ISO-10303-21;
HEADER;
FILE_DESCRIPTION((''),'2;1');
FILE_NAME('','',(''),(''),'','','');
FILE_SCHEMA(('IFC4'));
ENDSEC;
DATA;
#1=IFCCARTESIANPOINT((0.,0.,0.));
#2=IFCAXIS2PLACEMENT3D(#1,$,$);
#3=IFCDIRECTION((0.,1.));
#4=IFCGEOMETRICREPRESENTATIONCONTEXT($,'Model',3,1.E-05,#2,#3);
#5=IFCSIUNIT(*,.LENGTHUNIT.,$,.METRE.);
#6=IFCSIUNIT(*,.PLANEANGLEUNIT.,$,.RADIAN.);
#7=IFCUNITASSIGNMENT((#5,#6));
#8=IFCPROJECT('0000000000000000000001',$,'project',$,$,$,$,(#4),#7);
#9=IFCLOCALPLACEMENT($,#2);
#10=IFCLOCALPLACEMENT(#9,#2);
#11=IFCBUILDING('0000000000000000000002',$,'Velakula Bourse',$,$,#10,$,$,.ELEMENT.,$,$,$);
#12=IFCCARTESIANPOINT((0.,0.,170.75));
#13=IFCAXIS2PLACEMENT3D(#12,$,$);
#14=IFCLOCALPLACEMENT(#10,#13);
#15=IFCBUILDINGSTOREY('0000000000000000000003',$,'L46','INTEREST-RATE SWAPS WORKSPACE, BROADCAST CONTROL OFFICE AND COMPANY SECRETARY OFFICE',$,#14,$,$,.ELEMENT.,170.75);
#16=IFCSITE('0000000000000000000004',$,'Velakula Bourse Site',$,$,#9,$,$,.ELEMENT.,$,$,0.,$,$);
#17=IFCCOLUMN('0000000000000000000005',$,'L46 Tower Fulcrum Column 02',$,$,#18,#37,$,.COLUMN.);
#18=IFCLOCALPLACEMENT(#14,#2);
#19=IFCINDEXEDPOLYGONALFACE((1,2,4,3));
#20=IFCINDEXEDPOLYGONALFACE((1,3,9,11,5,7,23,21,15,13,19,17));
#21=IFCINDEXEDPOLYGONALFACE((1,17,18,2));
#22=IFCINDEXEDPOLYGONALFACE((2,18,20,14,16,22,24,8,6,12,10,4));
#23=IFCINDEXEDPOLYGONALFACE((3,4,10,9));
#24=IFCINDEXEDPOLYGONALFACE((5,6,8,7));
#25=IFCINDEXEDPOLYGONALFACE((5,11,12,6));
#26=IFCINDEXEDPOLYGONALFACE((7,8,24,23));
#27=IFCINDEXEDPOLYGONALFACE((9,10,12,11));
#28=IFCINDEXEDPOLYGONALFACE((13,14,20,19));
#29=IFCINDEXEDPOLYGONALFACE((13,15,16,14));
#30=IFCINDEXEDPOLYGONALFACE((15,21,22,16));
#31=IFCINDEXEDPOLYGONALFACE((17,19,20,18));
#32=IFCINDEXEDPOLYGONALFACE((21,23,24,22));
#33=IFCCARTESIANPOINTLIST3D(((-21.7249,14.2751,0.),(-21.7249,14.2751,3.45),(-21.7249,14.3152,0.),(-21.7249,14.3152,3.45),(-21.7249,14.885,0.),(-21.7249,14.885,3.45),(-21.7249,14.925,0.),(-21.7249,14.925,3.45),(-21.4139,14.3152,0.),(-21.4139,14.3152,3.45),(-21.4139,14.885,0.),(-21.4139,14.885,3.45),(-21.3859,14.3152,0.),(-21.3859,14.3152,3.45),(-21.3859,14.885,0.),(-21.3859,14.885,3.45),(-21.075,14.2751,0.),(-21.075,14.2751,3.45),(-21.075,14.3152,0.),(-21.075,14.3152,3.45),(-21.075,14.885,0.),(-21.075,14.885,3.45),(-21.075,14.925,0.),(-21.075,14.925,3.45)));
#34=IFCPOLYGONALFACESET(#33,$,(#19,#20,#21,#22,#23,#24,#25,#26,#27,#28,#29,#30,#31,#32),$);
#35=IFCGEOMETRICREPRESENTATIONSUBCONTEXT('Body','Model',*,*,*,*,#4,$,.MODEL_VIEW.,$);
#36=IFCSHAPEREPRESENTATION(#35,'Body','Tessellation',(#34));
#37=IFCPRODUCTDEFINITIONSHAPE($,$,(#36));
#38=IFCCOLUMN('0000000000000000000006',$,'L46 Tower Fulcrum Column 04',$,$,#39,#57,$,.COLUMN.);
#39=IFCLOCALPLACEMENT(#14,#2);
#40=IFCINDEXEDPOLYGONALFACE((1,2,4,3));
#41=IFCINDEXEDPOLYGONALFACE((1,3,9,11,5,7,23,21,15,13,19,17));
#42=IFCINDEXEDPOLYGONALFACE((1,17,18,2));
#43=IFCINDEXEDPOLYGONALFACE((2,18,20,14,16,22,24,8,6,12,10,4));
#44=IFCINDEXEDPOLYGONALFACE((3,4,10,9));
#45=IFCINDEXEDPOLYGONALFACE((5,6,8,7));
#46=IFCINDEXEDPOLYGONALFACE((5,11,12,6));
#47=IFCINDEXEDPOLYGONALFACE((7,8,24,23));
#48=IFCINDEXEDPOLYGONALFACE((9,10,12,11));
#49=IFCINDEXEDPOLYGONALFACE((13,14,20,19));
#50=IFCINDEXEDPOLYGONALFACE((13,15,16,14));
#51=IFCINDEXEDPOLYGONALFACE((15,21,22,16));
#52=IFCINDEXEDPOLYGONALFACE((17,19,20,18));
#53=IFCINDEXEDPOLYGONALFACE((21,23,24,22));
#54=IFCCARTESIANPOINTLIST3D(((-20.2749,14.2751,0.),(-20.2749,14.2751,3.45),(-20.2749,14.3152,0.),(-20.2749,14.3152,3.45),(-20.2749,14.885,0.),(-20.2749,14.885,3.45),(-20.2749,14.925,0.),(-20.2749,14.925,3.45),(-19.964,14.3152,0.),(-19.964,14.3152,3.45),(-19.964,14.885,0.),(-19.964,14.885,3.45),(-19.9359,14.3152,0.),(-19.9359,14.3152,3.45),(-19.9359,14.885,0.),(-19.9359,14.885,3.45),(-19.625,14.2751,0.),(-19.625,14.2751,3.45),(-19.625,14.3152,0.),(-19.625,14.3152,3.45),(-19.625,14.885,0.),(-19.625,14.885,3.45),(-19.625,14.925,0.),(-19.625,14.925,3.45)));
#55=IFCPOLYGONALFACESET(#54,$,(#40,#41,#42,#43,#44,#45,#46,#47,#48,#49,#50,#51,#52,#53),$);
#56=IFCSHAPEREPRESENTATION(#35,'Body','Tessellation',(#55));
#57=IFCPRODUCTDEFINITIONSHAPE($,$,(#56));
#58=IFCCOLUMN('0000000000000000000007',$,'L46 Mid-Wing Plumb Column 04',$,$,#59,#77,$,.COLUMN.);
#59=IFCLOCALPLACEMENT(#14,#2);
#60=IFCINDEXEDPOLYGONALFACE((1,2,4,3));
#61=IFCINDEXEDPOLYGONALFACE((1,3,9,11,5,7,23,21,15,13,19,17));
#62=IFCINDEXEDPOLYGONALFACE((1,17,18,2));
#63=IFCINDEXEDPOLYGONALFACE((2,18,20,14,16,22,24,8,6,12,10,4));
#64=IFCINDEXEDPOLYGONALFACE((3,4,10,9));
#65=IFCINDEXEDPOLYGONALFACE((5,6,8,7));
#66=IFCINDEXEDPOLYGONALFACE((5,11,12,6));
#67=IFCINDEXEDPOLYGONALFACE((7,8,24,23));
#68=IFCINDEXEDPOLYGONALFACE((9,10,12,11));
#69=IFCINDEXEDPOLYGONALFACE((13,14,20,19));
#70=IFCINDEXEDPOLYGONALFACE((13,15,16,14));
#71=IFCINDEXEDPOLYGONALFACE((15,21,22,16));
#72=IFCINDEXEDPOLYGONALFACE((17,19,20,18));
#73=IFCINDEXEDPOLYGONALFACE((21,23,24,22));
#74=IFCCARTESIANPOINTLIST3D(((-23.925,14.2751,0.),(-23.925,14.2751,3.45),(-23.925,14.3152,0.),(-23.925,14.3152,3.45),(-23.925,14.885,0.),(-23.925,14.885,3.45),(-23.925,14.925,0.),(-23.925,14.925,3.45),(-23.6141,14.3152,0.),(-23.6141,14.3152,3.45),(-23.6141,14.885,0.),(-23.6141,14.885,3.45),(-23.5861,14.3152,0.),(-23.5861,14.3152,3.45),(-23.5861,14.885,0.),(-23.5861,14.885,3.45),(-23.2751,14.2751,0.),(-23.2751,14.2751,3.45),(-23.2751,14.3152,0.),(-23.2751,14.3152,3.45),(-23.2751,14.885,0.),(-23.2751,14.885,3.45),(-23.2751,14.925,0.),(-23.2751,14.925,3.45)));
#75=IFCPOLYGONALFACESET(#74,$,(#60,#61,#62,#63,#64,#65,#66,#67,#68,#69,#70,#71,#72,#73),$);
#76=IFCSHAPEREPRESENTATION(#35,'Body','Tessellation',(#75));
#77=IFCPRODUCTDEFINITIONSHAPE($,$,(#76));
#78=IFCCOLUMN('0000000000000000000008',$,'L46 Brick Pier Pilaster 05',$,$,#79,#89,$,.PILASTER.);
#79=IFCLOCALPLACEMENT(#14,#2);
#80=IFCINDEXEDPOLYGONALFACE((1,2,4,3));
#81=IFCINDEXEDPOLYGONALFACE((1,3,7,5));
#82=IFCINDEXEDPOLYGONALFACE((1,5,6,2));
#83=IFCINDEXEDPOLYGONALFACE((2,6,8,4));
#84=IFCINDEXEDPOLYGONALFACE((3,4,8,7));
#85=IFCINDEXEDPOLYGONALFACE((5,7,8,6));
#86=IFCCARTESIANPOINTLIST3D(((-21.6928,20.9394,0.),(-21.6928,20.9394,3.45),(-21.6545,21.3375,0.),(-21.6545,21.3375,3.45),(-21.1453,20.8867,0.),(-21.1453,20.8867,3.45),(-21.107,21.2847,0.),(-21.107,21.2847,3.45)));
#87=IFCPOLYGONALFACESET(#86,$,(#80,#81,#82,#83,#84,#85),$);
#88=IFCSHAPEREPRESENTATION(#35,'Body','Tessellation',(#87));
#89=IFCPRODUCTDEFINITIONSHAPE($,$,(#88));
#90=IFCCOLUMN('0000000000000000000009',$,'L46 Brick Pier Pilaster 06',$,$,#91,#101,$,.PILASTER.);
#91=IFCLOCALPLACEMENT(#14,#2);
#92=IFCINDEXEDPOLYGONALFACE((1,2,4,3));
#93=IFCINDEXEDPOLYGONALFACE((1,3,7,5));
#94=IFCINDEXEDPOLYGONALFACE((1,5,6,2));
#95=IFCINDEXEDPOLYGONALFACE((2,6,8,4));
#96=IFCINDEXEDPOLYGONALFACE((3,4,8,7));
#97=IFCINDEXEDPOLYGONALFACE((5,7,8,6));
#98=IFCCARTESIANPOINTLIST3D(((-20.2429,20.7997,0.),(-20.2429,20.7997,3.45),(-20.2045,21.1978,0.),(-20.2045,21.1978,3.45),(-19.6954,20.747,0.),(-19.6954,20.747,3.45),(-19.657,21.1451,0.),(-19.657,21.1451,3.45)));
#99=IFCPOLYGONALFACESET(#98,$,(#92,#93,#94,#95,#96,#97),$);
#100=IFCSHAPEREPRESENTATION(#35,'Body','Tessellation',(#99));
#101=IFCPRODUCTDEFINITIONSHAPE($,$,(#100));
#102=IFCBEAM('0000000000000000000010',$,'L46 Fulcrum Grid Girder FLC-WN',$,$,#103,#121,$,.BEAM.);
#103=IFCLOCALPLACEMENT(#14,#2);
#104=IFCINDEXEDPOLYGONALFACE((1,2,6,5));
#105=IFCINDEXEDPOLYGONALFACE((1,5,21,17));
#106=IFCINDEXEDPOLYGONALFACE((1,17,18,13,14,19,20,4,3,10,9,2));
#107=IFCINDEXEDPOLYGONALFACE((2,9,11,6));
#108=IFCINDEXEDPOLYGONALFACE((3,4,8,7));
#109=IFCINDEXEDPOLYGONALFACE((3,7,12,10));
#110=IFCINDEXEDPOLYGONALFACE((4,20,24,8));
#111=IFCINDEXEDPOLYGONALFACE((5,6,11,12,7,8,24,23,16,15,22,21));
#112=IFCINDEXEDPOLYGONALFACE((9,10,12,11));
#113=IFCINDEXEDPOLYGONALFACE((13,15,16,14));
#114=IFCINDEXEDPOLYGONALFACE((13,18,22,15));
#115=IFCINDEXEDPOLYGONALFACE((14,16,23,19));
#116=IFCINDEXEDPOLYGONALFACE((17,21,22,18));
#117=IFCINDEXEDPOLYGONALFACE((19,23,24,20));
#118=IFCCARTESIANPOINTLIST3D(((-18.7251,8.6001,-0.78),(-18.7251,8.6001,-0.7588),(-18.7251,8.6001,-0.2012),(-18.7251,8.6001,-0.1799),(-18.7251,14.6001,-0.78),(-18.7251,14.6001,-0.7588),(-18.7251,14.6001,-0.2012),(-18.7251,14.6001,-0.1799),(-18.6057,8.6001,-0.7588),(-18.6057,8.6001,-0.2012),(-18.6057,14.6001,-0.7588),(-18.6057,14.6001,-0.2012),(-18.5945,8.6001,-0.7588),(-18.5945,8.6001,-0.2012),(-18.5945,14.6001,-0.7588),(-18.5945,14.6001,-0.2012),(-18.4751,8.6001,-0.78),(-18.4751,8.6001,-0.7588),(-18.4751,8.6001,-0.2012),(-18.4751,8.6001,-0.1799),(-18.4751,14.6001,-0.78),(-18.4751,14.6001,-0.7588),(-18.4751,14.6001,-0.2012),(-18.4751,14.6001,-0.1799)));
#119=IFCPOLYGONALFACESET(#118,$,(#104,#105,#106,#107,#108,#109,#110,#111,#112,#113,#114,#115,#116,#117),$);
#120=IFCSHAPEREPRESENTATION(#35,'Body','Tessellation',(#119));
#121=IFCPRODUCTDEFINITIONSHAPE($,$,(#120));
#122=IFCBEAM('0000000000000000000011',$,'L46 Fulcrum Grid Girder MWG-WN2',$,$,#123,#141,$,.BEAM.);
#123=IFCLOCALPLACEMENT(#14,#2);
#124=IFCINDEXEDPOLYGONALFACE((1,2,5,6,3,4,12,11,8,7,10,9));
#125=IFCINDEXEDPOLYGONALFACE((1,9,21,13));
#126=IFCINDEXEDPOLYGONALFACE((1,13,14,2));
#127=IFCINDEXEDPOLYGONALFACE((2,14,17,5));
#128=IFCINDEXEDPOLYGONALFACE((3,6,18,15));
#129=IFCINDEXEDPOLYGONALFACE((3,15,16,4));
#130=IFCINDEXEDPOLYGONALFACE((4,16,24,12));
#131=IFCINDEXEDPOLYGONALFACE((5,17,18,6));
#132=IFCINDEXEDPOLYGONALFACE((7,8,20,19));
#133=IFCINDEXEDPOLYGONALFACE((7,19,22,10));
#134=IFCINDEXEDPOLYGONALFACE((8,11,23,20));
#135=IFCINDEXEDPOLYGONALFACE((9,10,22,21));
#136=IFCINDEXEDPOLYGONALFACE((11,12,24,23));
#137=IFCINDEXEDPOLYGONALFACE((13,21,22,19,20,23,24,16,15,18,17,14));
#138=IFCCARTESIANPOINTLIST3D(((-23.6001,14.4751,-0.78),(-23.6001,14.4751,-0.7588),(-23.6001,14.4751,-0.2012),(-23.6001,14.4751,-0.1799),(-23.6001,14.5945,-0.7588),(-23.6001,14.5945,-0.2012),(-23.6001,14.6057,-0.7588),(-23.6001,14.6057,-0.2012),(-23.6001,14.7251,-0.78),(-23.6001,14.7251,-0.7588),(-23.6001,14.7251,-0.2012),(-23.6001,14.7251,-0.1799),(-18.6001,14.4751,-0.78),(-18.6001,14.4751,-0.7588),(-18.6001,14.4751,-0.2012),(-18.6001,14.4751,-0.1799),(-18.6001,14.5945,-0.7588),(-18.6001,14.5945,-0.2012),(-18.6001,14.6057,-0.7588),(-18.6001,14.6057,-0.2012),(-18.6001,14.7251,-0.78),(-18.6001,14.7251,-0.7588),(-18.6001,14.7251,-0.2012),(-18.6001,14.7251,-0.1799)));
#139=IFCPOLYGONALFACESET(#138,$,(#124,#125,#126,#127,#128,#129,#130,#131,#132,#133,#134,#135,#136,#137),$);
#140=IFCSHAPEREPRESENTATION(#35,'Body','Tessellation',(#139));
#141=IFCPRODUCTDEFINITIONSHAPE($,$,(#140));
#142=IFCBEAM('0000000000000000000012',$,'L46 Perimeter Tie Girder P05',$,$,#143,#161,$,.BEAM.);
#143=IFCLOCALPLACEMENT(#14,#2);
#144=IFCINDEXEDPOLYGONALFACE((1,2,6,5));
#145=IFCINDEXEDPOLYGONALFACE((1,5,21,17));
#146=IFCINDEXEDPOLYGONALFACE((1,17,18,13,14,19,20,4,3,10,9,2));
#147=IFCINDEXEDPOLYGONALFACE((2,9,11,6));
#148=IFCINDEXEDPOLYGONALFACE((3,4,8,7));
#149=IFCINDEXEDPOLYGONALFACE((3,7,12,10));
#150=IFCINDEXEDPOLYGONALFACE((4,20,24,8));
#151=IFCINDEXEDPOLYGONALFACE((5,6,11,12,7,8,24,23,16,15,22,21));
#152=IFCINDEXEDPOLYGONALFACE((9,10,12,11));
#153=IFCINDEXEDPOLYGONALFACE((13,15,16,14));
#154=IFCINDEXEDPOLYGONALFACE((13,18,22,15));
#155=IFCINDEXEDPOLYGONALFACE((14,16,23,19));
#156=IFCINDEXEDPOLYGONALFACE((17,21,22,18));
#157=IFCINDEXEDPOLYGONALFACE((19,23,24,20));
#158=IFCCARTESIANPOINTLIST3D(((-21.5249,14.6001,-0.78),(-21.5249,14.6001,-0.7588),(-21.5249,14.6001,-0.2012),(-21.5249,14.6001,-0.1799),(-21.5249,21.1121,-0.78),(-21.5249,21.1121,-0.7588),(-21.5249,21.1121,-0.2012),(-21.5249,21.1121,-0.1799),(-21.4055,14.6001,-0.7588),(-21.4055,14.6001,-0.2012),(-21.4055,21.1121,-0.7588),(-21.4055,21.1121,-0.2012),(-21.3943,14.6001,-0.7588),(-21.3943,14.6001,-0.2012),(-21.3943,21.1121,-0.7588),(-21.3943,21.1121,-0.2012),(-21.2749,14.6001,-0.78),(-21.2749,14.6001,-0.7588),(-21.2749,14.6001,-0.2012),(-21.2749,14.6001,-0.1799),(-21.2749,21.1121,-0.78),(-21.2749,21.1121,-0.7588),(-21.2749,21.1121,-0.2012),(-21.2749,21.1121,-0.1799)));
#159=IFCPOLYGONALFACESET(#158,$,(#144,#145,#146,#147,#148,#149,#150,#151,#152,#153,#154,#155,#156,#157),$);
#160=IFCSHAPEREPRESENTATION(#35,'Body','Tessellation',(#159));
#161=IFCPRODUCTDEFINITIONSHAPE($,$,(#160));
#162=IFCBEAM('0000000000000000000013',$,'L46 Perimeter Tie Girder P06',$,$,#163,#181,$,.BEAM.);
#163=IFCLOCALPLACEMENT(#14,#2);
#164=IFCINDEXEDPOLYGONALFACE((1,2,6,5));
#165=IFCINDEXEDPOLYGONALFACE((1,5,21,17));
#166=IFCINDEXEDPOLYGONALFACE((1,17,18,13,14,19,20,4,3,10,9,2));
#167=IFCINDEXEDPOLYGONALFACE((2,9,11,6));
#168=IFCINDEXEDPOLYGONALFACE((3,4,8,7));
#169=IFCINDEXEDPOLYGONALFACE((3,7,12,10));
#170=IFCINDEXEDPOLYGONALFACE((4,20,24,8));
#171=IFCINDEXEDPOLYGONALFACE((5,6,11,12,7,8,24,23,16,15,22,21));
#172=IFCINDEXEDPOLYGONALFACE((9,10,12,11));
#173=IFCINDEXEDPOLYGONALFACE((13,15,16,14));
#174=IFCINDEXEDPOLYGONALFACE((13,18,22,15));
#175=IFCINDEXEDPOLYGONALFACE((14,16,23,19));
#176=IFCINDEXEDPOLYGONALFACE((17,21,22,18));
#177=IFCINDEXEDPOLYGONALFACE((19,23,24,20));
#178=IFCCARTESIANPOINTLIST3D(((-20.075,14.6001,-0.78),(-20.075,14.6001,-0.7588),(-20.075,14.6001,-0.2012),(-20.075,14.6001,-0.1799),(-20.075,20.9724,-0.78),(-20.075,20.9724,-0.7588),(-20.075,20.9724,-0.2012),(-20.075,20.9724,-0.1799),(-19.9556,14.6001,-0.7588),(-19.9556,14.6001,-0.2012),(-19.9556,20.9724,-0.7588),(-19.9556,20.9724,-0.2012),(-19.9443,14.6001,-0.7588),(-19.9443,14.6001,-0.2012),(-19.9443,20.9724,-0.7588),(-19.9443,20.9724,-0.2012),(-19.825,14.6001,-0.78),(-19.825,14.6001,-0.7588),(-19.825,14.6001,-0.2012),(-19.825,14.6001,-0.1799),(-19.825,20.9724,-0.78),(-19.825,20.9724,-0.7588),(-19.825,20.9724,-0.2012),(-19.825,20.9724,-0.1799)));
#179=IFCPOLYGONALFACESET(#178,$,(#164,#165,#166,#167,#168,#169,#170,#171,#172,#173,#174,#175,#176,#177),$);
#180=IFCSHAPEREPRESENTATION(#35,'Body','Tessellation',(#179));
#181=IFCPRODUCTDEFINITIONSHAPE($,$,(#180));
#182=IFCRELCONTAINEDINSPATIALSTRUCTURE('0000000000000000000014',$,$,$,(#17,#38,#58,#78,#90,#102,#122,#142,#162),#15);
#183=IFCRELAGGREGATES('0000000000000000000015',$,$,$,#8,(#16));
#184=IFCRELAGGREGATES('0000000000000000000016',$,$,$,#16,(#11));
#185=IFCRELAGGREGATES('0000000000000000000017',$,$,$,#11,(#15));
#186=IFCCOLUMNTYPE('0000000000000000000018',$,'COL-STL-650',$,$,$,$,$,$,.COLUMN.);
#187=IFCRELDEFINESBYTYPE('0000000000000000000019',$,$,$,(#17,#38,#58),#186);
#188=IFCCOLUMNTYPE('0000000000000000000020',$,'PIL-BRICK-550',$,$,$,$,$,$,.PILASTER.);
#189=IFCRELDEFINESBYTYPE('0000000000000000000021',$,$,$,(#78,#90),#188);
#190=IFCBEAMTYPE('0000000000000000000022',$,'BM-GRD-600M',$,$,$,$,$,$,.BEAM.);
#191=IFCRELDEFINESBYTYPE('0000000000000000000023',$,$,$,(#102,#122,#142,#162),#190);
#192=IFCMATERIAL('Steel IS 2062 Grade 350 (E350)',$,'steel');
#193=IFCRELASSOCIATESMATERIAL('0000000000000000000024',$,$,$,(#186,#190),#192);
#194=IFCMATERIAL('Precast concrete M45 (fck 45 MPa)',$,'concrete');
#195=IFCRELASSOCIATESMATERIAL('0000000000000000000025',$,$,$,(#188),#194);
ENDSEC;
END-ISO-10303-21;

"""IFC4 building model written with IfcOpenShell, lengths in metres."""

from ifc_helpers import new_model, si_unit, direction, frame, origin, origin_2d, place, context, subcontext, project, spatial, rectangle, i_section, extrude, material, material_profile, profile_set, type_object, element, save


model = new_model("IFC4")

# Units and contexts
model_context = context("Model", 3, precision=1e-05, world=origin(), true_north=direction((0.0, 1.0)))
body_context = subcontext(model_context, "Body", "Model", "MODEL_VIEW")
ifc_project = project(units=[si_unit("LENGTHUNIT", "METRE"), si_unit("PLANEANGLEUNIT", "RADIAN")], contexts=[model_context])

# Site, building, storey
site_placement = place(None, origin())
site = spatial("IfcSite", under=ifc_project, at=site_placement, Name="Velakula Bourse Site", CompositionType="ELEMENT", RefElevation=0.0)
building_placement = place(site_placement, origin())
building = spatial("IfcBuilding", under=site, at=building_placement, Name="Velakula Bourse", CompositionType="ELEMENT")
storey_placement = place(building_placement, frame((0.0, 0.0, 170.75)))
storey = spatial("IfcBuildingStorey", under=building, at=storey_placement, Name="L46", Description="INTEREST-RATE SWAPS WORKSPACE, BROADCAST CONTROL OFFICE AND COMPANY SECRETARY OFFICE", CompositionType="ELEMENT", Elevation=170.75)

# Columns
ifc_material_1 = material(Name="Steel IS 2062 Grade 350 (E350)", Category="steel")
ifc_material_profile_1 = material_profile(ifc_material_1, i_section(OverallWidth=0.6499, OverallDepth=0.6499, WebThickness=0.0281, FlangeThickness=0.04, at=origin_2d()), Name="Steel IS 2062 Grade 350 (E350)")
ifc_profile_set_1 = profile_set([ifc_material_profile_1], Name="Steel IS 2062 Grade 350 (E350)")
column_type_1 = type_object("IfcColumnType", Name="COL-STL-650", PredefinedType="COLUMN", material=ifc_profile_set_1)
for number, where, z_axis, x_axis, name in (
    (1, (-21.3999, 14.6001, 0.0), (0.0, 0.0, 1.0), (1.0, 0.0, 0.0), "L46 Tower Fulcrum Column 02"),
    (2, (-19.95, 14.6001, 0.0), (0.0, 0.0, 1.0), (1.0, 0.0, 0.0), "L46 Tower Fulcrum Column 04"),
    (3, (-23.6001, 14.6001, 0.0), (0.0, 0.0, 1.0), (1.0, 0.0, 0.0), "L46 Mid-Wing Plumb Column 04"),
):
    element("IfcColumn", number, at=place(storey_placement, frame(where, z_axis=z_axis, x_axis=x_axis)), inside=storey, type_object=column_type_1, Name=name, PredefinedType="COLUMN", context=body_context, shape_type="SweptSolid", body=[
        extrude(i_section(OverallWidth=0.6499, OverallDepth=0.6499, WebThickness=0.0281, FlangeThickness=0.04, at=origin_2d()), origin(), (0.0, 0.0, 1.0), 3.45),
    ])
ifc_material_2 = material(Name="Precast concrete M45 (fck 45 MPa)", Category="concrete")
ifc_material_profile_2 = material_profile(ifc_material_2, rectangle(XDim=0.55, YDim=0.3999, at=origin_2d()), Name="Precast concrete M45 (fck 45 MPa)")
ifc_profile_set_2 = profile_set([ifc_material_profile_2], Name="Precast concrete M45 (fck 45 MPa)")
column_type_2 = type_object("IfcColumnType", Name="PIL-BRICK-550", PredefinedType="PILASTER", material=ifc_profile_set_2)
for number, where, z_axis, x_axis, name in (
    (4, (-21.3999, 21.1121, 0.0), (0.0, 0.0, 1.0), (0.995396, -0.095846, 0.0), "L46 Brick Pier Pilaster 05"),
    (5, (-19.95, 20.9724, 0.0), (0.0, 0.0, 1.0), (0.995396, -0.095846, 0.0), "L46 Brick Pier Pilaster 06"),
):
    element("IfcColumn", number, at=place(storey_placement, frame(where, z_axis=z_axis, x_axis=x_axis)), inside=storey, type_object=column_type_2, Name=name, PredefinedType="PILASTER", context=body_context, shape_type="SweptSolid", body=[
        extrude(rectangle(XDim=0.55, YDim=0.3999, at=origin_2d()), origin(), (0.0, 0.0, 1.0), 3.45),
    ])

# Beams
ifc_material_profile_3 = material_profile(ifc_material_1, i_section(OverallWidth=0.25, OverallDepth=0.6001, WebThickness=0.0112, FlangeThickness=0.0212, at=origin_2d()), Name="Steel IS 2062 Grade 350 (E350)")
ifc_profile_set_3 = profile_set([ifc_material_profile_3], Name="Steel IS 2062 Grade 350 (E350)")
beam_type_1 = type_object("IfcBeamType", Name="BM-GRD-600M", PredefinedType="BEAM", material=ifc_profile_set_3)
beam_1_placement = place(storey_placement, frame((-18.6001, 8.6001, -0.48), z_axis=(0.0, 1.0, 0.0), x_axis=(-1.0, 0.0, 0.0)))
element("IfcBeam", 6, at=beam_1_placement, inside=storey, type_object=beam_type_1, Name="L46 Fulcrum Grid Girder FLC-WN", PredefinedType="BEAM", context=body_context, shape_type="SweptSolid", body=[
    extrude(i_section(OverallWidth=0.25, OverallDepth=0.6001, WebThickness=0.0112, FlangeThickness=0.0212, at=origin_2d()), origin(), (0.0, 0.0, 1.0), 6.0),
])
beam_2_placement = place(storey_placement, frame((-23.6001, 14.6001, -0.48), z_axis=(1.0, 0.0, 0.0), x_axis=(0.0, 1.0, 0.0)))
element("IfcBeam", 7, at=beam_2_placement, inside=storey, type_object=beam_type_1, Name="L46 Fulcrum Grid Girder MWG-WN2", PredefinedType="BEAM", context=body_context, shape_type="SweptSolid", body=[
    extrude(i_section(OverallWidth=0.25, OverallDepth=0.6001, WebThickness=0.0112, FlangeThickness=0.0212, at=origin_2d()), origin(), (0.0, 0.0, 1.0), 5.0),
])
beam_3_placement = place(storey_placement, frame((-21.3999, 14.6001, -0.48), z_axis=(0.0, 1.0, 0.0), x_axis=(-1.0, 0.0, 0.0)))
element("IfcBeam", 8, at=beam_3_placement, inside=storey, type_object=beam_type_1, Name="L46 Perimeter Tie Girder P05", PredefinedType="BEAM", context=body_context, shape_type="SweptSolid", body=[
    extrude(i_section(OverallWidth=0.25, OverallDepth=0.6001, WebThickness=0.0112, FlangeThickness=0.0212, at=origin_2d()), origin(), (0.0, 0.0, 1.0), 6.512),
])
beam_4_placement = place(storey_placement, frame((-19.95, 14.6001, -0.48), z_axis=(0.0, 1.0, 0.0), x_axis=(-1.0, 0.0, 0.0)))
element("IfcBeam", 9, at=beam_4_placement, inside=storey, type_object=beam_type_1, Name="L46 Perimeter Tie Girder P06", PredefinedType="BEAM", context=body_context, shape_type="SweptSolid", body=[
    extrude(i_section(OverallWidth=0.25, OverallDepth=0.6001, WebThickness=0.0112, FlangeThickness=0.0212, at=origin_2d()), origin(), (0.0, 0.0, 1.0), 6.3723),
])

save(model, "model.ifc")
